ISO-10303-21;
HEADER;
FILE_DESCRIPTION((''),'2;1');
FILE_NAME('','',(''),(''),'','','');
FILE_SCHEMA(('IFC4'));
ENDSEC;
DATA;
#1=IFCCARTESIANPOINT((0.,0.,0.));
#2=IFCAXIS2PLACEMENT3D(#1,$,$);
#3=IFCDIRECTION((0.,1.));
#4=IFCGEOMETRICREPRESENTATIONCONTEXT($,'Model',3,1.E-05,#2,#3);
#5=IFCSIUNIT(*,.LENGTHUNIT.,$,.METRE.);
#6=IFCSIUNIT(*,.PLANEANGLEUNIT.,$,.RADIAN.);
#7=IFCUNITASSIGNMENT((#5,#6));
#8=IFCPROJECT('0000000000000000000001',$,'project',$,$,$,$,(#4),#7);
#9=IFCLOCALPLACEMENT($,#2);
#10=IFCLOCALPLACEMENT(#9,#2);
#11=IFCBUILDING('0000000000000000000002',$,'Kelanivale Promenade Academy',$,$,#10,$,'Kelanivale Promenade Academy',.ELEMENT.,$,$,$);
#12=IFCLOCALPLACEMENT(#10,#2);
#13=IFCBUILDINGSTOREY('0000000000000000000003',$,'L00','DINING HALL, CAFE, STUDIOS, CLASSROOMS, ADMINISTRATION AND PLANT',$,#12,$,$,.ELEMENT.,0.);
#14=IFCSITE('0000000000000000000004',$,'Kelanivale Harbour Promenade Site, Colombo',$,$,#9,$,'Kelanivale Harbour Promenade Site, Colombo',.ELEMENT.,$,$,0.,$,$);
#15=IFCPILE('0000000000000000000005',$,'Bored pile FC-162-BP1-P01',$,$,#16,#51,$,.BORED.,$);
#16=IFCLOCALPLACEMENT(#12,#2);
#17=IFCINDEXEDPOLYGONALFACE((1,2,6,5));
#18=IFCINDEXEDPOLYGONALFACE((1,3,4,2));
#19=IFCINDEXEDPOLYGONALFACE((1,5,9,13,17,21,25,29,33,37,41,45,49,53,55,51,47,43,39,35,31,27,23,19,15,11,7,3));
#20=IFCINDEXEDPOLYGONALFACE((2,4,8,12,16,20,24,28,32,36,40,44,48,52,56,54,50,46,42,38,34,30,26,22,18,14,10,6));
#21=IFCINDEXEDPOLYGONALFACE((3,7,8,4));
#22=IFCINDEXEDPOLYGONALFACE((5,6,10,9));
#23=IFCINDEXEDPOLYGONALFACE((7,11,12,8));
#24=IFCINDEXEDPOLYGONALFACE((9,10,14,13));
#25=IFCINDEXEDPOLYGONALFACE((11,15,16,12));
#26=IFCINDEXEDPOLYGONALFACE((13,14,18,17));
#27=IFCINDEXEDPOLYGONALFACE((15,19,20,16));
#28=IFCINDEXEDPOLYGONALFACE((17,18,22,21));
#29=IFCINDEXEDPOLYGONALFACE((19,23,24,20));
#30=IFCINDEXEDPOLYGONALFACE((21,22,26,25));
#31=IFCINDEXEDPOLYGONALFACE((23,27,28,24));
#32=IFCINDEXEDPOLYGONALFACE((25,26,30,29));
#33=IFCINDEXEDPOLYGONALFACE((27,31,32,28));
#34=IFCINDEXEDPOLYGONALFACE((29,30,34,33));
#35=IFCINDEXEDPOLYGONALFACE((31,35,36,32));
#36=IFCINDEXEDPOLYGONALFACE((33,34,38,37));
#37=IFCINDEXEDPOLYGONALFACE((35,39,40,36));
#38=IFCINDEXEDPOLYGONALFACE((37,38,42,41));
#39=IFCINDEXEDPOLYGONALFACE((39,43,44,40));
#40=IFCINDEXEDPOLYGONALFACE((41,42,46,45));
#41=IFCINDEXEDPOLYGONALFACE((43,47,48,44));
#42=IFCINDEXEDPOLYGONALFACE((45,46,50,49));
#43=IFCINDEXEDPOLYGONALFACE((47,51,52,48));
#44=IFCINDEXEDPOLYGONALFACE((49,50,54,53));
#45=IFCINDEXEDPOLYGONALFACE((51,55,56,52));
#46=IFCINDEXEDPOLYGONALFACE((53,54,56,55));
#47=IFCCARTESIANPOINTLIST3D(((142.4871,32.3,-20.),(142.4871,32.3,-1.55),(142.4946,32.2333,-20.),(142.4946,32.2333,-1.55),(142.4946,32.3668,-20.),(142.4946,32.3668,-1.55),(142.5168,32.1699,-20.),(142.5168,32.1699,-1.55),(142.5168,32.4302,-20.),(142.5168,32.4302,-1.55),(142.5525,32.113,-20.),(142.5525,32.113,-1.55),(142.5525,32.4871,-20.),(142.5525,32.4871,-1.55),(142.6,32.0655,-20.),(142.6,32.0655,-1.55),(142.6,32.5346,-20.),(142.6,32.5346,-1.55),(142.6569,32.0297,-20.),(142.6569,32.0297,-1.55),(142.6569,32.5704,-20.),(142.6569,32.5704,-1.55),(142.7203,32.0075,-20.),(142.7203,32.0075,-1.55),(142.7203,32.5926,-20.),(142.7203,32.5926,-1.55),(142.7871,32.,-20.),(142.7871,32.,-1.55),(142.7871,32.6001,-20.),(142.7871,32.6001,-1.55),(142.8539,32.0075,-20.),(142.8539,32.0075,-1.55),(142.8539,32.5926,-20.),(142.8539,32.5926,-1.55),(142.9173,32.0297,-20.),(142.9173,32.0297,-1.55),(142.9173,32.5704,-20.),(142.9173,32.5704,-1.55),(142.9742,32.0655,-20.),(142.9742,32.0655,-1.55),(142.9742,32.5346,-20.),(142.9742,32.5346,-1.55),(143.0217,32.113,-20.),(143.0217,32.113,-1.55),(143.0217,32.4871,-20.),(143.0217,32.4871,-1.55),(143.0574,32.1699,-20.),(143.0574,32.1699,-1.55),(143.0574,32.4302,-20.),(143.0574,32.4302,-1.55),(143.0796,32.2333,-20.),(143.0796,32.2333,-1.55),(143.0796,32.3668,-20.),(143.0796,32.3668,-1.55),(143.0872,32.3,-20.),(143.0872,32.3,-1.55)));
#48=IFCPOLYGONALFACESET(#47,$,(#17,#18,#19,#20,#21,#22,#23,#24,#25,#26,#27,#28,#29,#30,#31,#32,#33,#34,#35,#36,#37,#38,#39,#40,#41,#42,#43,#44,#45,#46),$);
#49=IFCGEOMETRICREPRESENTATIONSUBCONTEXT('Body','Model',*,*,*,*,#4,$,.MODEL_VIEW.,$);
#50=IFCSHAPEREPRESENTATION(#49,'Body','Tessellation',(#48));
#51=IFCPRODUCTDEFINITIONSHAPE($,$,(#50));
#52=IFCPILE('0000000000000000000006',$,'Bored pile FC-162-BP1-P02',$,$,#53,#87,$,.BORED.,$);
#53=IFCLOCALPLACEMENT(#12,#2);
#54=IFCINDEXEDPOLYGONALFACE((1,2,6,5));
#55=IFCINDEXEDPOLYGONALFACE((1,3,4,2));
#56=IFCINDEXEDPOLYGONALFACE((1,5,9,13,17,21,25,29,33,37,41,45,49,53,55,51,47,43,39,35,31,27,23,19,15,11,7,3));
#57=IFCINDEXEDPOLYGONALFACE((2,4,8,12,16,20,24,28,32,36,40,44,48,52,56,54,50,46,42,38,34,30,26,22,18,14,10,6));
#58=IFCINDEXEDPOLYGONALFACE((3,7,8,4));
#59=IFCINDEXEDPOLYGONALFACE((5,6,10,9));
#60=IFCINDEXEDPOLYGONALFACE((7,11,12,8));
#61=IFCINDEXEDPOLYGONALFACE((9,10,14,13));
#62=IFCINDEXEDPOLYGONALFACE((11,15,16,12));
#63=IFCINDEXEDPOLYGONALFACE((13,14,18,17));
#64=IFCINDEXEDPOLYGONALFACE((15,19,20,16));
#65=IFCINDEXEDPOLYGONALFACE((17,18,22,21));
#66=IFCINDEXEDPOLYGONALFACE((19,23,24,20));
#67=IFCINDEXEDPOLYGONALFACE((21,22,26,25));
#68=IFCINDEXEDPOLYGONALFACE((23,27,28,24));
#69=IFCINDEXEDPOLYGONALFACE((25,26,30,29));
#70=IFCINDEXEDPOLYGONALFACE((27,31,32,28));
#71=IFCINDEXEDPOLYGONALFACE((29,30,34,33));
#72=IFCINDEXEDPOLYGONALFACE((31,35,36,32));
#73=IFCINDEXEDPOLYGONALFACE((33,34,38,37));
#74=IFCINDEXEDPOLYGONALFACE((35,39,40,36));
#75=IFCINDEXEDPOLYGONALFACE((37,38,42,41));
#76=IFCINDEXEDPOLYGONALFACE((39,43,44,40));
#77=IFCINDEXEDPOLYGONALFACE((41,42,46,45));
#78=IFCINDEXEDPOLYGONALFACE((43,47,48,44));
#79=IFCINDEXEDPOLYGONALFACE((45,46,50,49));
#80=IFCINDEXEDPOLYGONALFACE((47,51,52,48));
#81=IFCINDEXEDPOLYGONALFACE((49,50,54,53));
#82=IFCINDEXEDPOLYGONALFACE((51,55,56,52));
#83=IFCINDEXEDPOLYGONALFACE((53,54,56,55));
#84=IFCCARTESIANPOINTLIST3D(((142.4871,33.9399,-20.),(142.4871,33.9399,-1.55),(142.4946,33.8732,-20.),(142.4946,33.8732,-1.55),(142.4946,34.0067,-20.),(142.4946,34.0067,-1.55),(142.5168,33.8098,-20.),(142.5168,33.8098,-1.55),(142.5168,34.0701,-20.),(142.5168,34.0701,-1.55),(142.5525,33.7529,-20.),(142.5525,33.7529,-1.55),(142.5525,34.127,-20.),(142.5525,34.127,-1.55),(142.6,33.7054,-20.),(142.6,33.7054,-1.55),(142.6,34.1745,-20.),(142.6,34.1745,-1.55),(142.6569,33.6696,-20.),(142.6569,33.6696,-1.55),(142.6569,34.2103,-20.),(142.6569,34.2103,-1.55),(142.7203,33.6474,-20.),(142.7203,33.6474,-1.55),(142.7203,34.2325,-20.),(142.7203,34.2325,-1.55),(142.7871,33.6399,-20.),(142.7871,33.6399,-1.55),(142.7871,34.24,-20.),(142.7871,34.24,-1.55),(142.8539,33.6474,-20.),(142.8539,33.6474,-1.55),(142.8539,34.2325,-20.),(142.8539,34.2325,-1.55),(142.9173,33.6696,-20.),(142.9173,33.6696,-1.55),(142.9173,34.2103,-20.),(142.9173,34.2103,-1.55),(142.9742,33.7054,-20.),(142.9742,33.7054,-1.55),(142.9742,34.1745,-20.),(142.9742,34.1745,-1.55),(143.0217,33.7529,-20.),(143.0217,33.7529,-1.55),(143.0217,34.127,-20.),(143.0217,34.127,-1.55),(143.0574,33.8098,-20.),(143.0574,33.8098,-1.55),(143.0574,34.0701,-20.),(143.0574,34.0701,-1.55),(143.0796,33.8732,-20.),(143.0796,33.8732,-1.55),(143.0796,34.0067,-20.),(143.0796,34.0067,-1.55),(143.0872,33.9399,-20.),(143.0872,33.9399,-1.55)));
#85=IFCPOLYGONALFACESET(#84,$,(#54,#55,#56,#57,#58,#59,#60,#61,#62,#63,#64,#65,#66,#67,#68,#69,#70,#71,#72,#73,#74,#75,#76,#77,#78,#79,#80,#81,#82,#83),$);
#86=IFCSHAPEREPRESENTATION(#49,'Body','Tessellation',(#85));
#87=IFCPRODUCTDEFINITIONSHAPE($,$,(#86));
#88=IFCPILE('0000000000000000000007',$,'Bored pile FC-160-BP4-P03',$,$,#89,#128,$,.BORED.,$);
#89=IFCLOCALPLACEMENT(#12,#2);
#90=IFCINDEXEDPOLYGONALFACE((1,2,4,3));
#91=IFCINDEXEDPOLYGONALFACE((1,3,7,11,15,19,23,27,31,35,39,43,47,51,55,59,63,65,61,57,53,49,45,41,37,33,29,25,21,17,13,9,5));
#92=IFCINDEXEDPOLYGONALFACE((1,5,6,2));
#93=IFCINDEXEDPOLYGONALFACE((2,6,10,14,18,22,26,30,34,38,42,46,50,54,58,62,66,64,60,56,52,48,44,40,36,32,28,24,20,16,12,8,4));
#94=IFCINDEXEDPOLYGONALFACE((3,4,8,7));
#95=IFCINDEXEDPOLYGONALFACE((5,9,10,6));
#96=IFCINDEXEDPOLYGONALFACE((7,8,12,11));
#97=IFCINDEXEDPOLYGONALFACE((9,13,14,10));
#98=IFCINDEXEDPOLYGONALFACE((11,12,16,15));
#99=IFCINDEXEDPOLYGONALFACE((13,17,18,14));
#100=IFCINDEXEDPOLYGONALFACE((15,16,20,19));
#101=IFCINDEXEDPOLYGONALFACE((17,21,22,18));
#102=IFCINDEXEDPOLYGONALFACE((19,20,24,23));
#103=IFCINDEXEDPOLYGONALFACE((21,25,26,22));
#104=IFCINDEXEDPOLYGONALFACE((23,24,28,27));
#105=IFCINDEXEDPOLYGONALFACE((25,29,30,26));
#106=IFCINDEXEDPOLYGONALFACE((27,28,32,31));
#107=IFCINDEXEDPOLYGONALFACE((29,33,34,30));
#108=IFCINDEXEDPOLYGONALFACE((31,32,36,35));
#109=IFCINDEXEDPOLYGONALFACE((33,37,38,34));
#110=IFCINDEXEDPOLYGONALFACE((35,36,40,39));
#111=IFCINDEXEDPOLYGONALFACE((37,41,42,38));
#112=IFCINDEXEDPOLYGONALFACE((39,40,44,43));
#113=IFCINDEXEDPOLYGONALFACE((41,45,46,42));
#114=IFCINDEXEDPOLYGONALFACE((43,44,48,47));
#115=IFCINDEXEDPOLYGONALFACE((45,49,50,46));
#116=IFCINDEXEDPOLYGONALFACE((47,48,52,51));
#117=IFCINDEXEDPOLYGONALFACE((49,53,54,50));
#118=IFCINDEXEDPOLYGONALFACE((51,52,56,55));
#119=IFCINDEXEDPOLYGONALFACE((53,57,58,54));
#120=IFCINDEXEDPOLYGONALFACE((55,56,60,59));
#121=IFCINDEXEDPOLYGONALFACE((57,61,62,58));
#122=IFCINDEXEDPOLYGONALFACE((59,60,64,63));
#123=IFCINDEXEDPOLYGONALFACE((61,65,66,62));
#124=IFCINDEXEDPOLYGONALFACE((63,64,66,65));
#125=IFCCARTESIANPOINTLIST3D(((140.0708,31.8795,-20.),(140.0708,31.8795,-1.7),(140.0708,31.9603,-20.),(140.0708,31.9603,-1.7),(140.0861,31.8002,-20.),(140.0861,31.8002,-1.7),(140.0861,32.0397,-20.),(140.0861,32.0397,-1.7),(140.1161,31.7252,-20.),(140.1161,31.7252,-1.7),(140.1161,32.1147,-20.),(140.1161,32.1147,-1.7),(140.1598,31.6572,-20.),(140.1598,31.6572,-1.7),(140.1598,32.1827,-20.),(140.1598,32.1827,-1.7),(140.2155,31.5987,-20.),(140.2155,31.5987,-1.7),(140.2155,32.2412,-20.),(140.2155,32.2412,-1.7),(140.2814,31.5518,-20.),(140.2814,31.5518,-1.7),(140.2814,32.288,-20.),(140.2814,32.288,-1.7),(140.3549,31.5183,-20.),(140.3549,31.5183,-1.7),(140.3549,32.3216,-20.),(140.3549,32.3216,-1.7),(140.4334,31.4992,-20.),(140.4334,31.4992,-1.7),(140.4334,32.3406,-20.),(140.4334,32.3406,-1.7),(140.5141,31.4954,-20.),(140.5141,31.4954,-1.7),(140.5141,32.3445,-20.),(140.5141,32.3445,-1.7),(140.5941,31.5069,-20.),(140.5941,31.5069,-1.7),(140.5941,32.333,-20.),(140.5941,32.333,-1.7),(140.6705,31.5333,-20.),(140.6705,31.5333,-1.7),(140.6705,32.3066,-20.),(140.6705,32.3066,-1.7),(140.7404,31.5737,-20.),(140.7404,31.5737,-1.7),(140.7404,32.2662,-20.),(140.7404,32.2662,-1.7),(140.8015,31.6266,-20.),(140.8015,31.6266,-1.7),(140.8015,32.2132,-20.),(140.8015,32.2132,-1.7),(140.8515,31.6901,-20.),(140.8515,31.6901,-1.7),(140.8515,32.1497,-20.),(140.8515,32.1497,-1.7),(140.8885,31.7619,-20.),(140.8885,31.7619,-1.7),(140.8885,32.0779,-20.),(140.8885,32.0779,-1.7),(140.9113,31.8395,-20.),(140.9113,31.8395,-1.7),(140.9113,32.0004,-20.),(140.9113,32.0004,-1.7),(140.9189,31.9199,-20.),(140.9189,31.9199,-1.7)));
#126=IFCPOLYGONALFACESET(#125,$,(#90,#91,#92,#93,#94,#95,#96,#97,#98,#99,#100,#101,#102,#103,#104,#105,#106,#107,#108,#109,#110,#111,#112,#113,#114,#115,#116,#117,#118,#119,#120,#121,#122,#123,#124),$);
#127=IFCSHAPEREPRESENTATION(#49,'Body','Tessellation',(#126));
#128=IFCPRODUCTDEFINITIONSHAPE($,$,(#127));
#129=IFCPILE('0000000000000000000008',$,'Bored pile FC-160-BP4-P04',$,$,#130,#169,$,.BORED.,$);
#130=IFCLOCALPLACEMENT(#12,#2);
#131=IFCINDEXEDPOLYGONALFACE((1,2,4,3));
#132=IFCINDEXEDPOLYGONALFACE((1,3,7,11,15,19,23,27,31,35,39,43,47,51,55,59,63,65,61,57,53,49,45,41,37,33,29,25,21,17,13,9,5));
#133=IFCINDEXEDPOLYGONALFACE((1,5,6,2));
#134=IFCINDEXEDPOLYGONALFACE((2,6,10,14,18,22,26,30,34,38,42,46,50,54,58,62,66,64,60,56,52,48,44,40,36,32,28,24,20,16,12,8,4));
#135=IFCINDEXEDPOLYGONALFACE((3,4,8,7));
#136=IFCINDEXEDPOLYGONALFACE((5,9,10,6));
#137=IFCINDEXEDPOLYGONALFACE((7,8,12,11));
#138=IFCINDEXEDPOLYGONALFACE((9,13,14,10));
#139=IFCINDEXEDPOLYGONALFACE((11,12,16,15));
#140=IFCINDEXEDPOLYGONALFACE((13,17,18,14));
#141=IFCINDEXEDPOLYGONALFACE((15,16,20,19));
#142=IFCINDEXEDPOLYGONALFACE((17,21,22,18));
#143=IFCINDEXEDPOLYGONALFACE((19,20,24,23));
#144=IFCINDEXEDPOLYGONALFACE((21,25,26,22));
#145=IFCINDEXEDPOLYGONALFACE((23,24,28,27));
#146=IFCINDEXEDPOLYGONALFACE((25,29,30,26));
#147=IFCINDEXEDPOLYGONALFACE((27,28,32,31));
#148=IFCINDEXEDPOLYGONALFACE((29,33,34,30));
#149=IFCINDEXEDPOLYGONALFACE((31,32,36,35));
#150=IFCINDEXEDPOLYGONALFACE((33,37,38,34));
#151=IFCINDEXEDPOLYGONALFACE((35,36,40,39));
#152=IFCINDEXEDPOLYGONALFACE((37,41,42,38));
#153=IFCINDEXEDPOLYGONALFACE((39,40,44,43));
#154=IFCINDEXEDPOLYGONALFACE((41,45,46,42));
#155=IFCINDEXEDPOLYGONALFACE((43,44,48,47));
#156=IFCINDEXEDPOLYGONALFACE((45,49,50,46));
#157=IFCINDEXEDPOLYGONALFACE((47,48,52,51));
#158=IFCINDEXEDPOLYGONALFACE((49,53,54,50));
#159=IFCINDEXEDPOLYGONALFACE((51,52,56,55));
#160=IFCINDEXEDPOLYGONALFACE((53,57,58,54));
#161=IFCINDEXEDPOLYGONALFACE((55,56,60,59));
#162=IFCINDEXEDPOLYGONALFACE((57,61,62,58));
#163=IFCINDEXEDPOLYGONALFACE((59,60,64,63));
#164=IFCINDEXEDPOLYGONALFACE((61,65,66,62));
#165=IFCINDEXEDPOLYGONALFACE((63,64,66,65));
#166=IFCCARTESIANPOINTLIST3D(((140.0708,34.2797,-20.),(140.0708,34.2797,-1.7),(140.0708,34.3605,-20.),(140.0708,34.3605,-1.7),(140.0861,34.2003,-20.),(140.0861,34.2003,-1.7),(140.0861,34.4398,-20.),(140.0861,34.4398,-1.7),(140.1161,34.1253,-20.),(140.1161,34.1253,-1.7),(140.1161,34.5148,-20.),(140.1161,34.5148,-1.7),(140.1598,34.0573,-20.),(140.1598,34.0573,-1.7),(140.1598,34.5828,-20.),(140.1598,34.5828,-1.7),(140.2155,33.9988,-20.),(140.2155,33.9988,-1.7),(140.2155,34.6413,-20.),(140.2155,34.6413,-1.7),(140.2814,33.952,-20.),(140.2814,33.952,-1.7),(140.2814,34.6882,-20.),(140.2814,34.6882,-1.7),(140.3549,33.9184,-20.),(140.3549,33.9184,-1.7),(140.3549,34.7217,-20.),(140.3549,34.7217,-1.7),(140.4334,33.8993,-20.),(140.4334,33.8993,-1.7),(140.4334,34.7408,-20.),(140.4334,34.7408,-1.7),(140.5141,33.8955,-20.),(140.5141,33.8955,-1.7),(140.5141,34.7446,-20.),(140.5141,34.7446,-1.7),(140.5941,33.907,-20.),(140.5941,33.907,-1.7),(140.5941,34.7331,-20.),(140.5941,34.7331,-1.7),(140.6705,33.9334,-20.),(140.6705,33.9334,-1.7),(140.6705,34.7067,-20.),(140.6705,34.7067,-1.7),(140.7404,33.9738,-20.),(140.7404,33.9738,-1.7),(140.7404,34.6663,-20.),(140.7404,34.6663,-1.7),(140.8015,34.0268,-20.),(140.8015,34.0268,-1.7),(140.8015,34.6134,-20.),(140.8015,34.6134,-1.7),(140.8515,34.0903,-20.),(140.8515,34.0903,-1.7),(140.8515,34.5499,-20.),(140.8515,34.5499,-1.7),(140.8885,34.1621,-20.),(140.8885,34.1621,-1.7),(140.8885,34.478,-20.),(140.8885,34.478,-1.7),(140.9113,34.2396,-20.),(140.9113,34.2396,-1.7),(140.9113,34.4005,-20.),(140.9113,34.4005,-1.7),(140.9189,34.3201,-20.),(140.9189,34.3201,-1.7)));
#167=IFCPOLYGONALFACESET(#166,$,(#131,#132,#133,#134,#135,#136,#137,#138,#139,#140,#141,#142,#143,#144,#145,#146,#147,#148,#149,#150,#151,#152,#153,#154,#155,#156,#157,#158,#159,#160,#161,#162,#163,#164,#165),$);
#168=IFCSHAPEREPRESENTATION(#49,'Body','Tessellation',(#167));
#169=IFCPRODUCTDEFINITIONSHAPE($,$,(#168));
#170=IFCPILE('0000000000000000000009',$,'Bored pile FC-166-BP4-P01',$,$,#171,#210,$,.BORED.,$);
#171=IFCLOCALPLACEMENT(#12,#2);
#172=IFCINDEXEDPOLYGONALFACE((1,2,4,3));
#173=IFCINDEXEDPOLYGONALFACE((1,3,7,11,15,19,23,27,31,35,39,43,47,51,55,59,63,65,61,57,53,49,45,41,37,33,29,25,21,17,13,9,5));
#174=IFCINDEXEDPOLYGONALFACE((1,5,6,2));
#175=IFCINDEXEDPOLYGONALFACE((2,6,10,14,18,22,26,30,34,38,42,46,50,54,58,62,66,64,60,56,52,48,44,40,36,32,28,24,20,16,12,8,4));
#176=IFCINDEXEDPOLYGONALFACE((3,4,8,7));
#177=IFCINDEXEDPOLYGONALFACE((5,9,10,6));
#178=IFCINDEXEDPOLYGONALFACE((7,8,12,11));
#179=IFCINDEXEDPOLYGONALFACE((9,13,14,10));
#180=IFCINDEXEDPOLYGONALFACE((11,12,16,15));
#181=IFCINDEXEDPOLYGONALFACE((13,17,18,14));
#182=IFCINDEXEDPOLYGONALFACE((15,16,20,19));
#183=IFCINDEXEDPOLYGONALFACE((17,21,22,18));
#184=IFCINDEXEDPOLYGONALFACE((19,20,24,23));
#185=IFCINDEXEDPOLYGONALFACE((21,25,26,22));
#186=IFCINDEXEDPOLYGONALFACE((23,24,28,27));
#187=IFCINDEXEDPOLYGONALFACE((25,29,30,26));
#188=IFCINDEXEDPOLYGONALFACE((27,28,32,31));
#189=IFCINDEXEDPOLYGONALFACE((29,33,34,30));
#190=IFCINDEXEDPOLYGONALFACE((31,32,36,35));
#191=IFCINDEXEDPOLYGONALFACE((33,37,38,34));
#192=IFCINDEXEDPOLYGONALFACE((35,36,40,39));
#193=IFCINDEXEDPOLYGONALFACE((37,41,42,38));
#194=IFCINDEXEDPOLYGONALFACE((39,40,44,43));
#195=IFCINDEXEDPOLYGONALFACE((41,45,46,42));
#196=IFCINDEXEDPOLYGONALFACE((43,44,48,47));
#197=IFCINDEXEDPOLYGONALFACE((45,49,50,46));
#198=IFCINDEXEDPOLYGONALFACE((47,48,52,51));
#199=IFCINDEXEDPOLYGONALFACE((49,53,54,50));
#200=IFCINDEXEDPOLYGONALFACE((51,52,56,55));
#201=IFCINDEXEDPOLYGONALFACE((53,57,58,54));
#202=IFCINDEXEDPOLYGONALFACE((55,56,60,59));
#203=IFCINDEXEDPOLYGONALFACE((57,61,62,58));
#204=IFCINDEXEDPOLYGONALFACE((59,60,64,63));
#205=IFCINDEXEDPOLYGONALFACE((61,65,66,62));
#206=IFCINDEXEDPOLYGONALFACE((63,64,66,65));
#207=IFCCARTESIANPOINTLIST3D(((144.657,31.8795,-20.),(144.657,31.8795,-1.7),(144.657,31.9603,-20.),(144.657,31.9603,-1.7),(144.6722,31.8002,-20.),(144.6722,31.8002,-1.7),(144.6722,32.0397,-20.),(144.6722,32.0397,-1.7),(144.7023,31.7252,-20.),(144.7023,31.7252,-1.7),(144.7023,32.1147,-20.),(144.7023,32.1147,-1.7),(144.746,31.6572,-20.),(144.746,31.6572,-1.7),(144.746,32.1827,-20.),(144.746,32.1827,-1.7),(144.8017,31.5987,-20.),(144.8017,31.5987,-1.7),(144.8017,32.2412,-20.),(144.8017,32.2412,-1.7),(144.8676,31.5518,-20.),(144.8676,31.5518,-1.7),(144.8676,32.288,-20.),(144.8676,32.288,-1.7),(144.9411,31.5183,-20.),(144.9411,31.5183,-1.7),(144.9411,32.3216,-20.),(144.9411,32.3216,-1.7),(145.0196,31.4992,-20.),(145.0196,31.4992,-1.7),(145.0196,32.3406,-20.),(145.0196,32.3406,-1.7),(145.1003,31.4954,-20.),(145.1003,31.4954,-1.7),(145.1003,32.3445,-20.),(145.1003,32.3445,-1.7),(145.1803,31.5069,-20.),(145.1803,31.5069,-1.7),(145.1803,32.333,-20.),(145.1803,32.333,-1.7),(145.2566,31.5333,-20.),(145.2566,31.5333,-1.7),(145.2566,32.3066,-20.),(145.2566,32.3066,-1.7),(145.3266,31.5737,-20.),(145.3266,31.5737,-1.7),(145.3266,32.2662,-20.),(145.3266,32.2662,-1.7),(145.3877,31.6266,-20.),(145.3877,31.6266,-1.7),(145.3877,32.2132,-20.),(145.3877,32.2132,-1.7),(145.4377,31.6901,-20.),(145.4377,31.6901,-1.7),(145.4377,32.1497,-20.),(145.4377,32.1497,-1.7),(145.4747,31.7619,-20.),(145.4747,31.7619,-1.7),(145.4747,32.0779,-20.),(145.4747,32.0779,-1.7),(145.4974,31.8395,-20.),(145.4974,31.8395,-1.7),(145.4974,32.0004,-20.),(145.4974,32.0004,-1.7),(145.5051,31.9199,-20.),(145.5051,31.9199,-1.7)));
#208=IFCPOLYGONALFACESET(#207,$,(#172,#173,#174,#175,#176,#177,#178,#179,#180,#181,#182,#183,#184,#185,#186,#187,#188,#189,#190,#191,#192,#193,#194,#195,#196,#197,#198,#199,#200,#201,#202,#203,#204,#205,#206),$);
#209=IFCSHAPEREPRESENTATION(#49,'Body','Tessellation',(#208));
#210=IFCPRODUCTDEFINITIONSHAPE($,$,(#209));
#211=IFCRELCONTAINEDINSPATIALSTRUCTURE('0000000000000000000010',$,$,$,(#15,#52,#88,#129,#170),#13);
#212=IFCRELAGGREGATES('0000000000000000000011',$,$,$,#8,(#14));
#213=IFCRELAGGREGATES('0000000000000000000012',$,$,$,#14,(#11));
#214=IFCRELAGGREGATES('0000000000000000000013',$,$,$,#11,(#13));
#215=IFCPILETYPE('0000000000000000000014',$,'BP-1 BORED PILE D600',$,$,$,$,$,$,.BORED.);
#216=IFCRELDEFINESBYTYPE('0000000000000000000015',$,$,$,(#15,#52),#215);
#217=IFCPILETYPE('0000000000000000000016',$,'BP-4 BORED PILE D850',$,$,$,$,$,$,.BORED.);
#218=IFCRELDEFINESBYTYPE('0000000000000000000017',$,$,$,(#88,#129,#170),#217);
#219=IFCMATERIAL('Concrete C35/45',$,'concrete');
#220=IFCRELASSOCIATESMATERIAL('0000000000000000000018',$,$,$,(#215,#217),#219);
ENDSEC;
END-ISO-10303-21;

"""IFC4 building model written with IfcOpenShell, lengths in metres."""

from ifc_helpers import new_model, si_unit, direction, frame, origin, origin_2d, place, context, subcontext, project, spatial, circle, extrude, material, material_profile, profile_set, type_object, element, save


model = new_model("IFC4")

# Units and contexts
model_context = context("Model", 3, precision=1e-05, world=origin(), true_north=direction((0.0, 1.0)))
body_context = subcontext(model_context, "Body", "Model", "MODEL_VIEW")
ifc_project = project(units=[si_unit("LENGTHUNIT", "METRE"), si_unit("PLANEANGLEUNIT", "RADIAN")], contexts=[model_context])

# Site, building, storey
site_placement = place(None, origin())
site = spatial("IfcSite", under=ifc_project, at=site_placement, Name="Kelanivale Harbour Promenade Site, Colombo", LongName="Kelanivale Harbour Promenade Site, Colombo", CompositionType="ELEMENT", RefElevation=0.0)
building_placement = place(site_placement, origin())
building = spatial("IfcBuilding", under=site, at=building_placement, Name="Kelanivale Promenade Academy", LongName="Kelanivale Promenade Academy", CompositionType="ELEMENT")
storey_placement = place(building_placement, origin())
storey = spatial("IfcBuildingStorey", under=building, at=storey_placement, Name="L00", Description="DINING HALL, CAFE, STUDIOS, CLASSROOMS, ADMINISTRATION AND PLANT", CompositionType="ELEMENT", Elevation=0.0)

# Piles
ifc_material_1 = material(Name="Concrete C35/45", Category="concrete")
ifc_material_profile_1 = material_profile(ifc_material_1, circle(Radius=0.3, at=origin_2d()), Name="BORED PILE D600")
ifc_profile_set_1 = profile_set([ifc_material_profile_1], Name="Concrete C35/45")
pile_type_1 = type_object("IfcPileType", Name="BP-1 BORED PILE D600", PredefinedType="BORED", material=ifc_profile_set_1)
for number, where, z_axis, x_axis, name in (
    (1, (142.7871, 32.3, -1.55), (0.0, 0.0, -1.0), (1.0, 0.0, 0.0), "Bored pile FC-162-BP1-P01"),
    (2, (142.7871, 33.9399, -1.55), (0.0, 0.0, -1.0), (1.0, 0.0, 0.0), "Bored pile FC-162-BP1-P02"),
):
    element("IfcPile", number, at=place(storey_placement, frame(where, z_axis=z_axis, x_axis=x_axis)), inside=storey, type_object=pile_type_1, Name=name, PredefinedType="BORED", context=body_context, shape_type="SweptSolid", body=[
        extrude(circle(Radius=0.3, at=origin_2d()), origin(), (0.0, 0.0, 1.0), 18.45),
    ])
ifc_material_profile_2 = material_profile(ifc_material_1, circle(Radius=0.425, at=origin_2d()), Name="BORED PILE D850")
ifc_profile_set_2 = profile_set([ifc_material_profile_2], Name="Concrete C35/45")
pile_type_2 = type_object("IfcPileType", Name="BP-4 BORED PILE D850", PredefinedType="BORED", material=ifc_profile_set_2)
for number, where, z_axis, x_axis, name in (
    (3, (140.4939, 31.9199, -1.7), (0.0, 0.0, -1.0), (1.0, 0.0, 0.0), "Bored pile FC-160-BP4-P03"),
    (4, (140.4939, 34.3201, -1.7), (0.0, 0.0, -1.0), (1.0, 0.0, 0.0), "Bored pile FC-160-BP4-P04"),
    (5, (145.0801, 31.9199, -1.7), (0.0, 0.0, -1.0), (1.0, 0.0, 0.0), "Bored pile FC-166-BP4-P01"),
):
    element("IfcPile", number, at=place(storey_placement, frame(where, z_axis=z_axis, x_axis=x_axis)), inside=storey, type_object=pile_type_2, Name=name, PredefinedType="BORED", context=body_context, shape_type="SweptSolid", body=[
        extrude(circle(Radius=0.425, at=origin_2d()), origin(), (0.0, 0.0, 1.0), 18.3),
    ])

save(model, "model.ifc")
